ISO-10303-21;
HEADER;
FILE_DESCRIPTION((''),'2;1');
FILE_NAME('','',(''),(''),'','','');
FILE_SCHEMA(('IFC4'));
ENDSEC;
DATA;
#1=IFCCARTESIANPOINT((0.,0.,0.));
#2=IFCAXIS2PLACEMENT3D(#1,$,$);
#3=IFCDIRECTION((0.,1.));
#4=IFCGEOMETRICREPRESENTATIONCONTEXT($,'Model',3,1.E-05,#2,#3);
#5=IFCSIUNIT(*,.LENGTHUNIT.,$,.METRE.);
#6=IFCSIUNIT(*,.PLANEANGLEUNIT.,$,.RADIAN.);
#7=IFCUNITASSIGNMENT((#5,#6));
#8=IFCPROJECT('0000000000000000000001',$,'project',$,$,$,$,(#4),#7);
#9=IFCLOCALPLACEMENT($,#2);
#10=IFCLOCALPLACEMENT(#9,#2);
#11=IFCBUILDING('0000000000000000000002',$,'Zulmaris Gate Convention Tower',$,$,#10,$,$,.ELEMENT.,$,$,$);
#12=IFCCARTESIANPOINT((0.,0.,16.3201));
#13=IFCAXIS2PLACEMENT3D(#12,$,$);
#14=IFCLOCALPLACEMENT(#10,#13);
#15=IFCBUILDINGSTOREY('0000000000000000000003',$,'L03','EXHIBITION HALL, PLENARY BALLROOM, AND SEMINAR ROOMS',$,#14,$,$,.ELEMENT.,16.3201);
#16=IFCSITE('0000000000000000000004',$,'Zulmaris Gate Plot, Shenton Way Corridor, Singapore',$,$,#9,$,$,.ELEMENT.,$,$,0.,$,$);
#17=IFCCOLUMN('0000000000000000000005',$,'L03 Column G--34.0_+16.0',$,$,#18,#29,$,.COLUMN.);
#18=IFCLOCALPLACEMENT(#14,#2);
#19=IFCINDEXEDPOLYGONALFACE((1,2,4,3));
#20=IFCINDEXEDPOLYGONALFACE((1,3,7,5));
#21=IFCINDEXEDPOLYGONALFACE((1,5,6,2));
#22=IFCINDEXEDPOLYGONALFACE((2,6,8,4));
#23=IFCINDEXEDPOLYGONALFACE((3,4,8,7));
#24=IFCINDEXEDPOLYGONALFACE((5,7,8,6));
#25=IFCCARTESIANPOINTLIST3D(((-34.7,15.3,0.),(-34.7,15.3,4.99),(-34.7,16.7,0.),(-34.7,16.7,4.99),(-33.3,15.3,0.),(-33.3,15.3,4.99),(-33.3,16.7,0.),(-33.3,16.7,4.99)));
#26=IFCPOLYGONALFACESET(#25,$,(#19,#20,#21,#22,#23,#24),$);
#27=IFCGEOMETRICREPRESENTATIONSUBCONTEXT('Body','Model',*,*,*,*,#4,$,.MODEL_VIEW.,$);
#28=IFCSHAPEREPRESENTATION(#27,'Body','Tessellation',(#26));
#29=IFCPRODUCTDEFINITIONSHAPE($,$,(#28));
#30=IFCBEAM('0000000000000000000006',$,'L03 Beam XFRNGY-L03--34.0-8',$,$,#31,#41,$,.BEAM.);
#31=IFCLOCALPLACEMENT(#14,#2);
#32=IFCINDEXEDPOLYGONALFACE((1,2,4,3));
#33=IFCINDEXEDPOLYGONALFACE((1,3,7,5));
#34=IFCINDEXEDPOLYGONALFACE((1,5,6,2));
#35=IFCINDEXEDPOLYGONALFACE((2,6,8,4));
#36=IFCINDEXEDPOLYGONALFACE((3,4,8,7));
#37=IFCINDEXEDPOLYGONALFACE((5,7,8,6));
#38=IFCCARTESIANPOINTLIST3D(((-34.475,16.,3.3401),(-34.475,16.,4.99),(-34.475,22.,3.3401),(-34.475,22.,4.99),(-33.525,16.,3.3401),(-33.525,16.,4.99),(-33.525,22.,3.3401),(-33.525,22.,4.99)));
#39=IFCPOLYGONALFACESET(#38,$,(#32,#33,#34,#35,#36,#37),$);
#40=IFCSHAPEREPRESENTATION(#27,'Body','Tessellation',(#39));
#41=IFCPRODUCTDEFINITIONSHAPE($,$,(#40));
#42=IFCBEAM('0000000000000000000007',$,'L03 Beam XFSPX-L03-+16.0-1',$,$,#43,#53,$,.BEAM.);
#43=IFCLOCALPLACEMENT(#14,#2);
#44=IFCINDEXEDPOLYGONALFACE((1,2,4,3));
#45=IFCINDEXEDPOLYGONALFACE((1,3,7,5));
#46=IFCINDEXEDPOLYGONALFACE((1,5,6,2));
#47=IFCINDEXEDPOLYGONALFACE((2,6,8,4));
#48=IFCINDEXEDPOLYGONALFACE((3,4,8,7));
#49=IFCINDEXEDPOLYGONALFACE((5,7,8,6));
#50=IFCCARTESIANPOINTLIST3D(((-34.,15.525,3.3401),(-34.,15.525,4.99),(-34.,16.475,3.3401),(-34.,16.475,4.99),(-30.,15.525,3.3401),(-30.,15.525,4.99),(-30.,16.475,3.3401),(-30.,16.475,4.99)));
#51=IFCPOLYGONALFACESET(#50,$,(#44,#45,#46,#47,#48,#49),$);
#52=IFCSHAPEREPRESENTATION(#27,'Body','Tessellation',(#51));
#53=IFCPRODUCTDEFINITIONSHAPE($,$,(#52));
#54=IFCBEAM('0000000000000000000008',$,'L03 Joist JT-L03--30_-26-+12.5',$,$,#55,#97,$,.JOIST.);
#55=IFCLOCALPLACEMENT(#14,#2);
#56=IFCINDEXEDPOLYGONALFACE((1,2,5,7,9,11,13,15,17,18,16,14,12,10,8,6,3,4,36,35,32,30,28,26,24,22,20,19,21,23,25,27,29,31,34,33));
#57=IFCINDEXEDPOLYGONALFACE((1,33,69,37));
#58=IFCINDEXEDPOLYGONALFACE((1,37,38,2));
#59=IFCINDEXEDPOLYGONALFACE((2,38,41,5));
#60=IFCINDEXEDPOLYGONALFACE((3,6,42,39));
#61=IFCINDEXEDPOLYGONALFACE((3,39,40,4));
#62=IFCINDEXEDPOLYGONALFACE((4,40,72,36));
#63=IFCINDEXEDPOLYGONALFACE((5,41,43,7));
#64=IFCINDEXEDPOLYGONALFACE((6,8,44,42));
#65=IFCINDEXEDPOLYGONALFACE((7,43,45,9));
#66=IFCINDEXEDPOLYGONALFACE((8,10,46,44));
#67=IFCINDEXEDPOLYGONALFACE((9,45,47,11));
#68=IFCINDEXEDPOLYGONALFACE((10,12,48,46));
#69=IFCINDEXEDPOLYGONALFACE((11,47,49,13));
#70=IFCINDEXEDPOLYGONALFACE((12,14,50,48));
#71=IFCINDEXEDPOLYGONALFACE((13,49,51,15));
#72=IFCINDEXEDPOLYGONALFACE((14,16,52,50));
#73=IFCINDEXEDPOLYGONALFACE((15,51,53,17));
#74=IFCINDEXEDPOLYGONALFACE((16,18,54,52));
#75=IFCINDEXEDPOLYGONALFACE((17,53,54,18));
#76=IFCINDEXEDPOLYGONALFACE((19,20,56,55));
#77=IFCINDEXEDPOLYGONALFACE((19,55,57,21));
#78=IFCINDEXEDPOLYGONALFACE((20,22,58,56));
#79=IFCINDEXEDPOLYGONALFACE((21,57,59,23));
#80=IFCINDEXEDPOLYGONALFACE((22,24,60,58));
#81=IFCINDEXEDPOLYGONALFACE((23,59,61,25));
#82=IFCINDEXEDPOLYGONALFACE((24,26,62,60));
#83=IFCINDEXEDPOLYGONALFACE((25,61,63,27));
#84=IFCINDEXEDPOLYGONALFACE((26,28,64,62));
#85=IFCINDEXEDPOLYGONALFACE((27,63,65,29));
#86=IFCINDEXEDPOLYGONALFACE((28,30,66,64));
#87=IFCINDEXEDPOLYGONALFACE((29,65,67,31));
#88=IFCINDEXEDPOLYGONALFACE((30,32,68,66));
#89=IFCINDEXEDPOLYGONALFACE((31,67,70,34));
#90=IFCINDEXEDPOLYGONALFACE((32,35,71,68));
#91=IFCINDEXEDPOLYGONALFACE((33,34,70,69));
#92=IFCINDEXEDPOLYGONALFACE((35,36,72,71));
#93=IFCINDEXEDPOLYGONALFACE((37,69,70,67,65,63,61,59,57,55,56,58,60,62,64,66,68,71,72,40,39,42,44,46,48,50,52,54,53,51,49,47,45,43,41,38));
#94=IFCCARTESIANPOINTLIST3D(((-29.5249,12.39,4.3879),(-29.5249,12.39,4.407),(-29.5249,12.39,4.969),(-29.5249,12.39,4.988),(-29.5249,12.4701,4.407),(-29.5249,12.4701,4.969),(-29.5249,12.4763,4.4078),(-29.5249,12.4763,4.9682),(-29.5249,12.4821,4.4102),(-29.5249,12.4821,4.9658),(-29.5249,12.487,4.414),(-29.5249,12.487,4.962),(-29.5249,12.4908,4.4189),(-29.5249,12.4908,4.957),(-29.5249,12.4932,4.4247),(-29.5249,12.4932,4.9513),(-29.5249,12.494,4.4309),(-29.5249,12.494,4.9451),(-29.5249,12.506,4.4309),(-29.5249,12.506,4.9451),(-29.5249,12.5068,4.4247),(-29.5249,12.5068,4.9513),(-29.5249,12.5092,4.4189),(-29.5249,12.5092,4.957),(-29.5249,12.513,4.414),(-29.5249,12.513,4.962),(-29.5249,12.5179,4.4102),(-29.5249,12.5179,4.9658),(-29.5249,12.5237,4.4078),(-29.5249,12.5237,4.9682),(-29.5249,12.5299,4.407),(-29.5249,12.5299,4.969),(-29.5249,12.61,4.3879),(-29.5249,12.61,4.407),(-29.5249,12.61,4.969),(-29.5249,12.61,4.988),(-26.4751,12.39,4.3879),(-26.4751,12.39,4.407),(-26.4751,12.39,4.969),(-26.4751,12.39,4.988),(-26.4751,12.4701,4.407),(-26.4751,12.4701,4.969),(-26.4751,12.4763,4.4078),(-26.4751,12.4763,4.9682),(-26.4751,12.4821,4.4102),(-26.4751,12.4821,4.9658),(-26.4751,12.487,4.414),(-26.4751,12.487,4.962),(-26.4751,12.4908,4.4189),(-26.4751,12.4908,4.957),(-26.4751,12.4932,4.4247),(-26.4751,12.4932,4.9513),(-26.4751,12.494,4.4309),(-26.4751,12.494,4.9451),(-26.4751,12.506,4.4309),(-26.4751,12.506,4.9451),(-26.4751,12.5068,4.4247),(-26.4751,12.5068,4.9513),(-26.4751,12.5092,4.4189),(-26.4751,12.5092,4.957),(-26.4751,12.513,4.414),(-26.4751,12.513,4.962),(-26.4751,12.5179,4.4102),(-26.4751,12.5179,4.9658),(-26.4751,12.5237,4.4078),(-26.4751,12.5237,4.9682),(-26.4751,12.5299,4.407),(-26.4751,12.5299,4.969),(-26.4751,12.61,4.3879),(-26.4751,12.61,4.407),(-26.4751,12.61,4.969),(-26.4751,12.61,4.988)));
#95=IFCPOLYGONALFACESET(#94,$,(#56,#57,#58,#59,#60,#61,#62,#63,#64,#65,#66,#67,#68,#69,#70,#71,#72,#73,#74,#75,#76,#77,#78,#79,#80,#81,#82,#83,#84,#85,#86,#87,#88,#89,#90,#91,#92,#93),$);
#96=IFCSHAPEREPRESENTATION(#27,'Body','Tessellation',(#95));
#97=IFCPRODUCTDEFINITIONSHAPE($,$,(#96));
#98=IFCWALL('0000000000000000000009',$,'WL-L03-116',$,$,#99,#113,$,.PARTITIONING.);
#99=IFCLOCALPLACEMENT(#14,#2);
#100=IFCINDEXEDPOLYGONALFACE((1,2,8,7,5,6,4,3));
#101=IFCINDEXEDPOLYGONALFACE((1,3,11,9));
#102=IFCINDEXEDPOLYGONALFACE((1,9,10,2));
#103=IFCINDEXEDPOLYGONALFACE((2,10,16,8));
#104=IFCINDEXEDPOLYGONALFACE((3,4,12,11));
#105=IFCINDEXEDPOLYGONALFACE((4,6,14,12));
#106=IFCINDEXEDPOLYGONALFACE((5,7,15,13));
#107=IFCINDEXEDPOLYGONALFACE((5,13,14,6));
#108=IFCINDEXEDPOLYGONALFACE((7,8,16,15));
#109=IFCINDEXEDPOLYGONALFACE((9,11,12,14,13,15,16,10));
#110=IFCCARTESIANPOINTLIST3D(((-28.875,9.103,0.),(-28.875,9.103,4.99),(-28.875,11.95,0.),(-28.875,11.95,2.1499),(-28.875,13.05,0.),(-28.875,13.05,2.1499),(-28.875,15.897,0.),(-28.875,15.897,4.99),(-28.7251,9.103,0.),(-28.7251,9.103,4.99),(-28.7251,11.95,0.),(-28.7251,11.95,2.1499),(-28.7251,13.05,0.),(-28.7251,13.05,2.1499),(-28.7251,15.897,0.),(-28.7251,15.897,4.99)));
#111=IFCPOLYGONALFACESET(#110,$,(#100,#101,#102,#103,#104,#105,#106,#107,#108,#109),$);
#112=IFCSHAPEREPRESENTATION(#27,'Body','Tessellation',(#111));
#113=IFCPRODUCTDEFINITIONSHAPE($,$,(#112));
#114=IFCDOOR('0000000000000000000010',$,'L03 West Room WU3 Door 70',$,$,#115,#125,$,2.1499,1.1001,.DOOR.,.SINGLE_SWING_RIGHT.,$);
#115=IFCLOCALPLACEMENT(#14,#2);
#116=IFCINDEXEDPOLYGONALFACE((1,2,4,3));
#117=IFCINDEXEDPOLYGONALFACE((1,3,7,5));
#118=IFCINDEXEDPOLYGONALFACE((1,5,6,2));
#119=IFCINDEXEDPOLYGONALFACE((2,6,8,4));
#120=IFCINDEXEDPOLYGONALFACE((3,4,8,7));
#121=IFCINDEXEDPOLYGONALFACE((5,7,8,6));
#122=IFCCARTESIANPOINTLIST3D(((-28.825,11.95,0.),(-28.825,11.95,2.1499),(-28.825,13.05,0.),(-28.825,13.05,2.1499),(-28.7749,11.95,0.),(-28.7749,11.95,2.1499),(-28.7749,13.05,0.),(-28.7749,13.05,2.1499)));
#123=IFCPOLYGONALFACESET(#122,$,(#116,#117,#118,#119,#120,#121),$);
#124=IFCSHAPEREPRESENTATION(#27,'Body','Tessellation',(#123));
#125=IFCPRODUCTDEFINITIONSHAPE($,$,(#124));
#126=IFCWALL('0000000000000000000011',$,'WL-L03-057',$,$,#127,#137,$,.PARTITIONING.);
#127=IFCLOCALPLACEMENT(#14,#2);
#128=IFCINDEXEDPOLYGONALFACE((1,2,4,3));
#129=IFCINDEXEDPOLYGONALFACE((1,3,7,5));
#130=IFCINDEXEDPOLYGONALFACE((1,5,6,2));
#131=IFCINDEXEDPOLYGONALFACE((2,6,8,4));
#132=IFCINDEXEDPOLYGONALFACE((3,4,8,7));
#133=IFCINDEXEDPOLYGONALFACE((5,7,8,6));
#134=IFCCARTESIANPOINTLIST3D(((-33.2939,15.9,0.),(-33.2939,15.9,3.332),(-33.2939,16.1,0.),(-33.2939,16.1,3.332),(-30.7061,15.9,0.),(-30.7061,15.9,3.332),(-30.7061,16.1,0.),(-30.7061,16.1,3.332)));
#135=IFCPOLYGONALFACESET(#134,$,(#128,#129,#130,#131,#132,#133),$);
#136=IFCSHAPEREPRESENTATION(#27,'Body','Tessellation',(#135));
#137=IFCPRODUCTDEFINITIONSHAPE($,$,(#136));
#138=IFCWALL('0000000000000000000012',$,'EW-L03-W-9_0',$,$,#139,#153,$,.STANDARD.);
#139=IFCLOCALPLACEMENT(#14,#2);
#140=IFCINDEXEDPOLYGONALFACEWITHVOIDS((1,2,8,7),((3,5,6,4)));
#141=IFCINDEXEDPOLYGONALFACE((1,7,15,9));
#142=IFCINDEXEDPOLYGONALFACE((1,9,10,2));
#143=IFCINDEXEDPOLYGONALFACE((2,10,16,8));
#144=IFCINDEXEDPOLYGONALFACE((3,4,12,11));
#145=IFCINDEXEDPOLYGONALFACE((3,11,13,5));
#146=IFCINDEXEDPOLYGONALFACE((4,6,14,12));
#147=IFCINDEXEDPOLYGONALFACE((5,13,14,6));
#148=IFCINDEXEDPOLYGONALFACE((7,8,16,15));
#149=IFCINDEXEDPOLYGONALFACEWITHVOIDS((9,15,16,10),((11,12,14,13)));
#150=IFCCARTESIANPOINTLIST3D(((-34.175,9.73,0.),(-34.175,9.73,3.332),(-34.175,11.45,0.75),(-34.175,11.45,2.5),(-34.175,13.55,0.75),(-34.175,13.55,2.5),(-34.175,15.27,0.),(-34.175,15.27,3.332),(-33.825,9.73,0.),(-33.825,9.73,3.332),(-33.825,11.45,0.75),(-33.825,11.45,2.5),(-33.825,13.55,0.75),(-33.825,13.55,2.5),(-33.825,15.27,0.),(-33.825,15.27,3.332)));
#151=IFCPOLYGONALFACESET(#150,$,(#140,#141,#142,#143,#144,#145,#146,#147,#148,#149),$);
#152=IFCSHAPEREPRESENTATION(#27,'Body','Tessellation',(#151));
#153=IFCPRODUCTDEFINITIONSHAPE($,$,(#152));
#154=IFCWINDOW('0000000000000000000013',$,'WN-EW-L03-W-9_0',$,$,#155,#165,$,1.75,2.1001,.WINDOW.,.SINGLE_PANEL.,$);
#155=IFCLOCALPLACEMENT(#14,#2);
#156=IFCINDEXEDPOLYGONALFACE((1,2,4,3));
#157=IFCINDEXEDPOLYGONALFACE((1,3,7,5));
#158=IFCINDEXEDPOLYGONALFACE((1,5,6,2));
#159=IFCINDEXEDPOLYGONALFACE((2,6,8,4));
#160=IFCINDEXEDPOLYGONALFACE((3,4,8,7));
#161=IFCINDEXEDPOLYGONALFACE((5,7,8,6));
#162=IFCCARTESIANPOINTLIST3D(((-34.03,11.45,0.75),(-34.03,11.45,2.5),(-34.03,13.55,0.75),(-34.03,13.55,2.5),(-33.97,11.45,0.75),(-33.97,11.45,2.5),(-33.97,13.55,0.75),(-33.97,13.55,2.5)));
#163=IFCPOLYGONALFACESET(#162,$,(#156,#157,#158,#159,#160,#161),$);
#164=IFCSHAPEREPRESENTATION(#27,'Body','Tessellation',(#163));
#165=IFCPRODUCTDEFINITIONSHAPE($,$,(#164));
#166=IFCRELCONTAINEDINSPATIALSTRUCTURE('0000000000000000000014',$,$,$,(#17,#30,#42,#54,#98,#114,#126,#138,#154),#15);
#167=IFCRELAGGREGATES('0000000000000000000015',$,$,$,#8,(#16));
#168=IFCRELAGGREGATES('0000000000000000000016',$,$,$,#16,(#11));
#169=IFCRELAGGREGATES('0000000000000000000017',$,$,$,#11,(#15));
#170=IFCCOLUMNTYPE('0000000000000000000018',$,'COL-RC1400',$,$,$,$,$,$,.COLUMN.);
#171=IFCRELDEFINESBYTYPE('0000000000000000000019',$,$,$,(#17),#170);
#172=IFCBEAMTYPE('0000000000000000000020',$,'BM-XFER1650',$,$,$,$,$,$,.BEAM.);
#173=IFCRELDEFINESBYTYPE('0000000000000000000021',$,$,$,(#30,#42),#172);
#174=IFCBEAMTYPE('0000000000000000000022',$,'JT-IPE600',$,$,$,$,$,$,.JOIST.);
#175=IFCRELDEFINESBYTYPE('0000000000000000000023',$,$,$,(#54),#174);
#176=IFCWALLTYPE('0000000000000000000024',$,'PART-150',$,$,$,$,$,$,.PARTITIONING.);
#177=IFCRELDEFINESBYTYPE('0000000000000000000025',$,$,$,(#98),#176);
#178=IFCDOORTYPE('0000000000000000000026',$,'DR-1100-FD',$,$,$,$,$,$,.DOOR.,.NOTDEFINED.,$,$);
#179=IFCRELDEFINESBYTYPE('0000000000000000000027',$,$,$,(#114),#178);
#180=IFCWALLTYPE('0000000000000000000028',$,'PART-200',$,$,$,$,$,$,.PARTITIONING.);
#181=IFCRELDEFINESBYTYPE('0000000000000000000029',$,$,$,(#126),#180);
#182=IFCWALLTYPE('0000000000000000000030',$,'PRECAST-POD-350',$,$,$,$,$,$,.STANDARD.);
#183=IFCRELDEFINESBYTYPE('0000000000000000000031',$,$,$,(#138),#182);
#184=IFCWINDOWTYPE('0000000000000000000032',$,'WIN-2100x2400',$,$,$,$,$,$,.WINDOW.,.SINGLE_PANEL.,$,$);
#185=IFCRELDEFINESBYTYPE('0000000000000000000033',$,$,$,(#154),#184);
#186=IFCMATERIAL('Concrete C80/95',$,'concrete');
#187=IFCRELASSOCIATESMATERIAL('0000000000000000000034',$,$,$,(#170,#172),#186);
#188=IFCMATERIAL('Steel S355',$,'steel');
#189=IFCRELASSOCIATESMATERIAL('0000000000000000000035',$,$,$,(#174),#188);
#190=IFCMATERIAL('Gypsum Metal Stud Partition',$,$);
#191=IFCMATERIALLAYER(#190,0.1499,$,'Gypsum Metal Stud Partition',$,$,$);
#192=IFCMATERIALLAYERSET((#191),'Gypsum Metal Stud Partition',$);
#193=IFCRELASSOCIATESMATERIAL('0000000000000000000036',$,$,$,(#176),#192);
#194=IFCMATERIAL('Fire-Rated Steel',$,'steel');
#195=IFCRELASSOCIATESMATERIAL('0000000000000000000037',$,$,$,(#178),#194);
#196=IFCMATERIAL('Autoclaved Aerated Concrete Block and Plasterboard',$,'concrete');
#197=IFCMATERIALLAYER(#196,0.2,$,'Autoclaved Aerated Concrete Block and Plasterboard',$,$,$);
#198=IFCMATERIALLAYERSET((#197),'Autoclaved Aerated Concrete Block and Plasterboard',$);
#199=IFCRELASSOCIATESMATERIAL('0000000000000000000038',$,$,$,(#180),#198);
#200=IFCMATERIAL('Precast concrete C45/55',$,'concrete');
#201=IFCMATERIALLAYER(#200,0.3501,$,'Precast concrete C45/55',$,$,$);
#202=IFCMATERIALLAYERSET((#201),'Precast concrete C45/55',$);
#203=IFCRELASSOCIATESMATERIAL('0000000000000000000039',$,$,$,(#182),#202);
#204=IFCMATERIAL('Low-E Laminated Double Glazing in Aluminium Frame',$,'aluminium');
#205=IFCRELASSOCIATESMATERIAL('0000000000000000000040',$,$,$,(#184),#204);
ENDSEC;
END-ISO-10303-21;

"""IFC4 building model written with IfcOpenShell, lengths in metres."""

from ifc_helpers import new_model, si_unit, direction, frame, frame_2d, origin, origin_2d, place, context, subcontext, project, spatial, rectangle, i_section, extrude, material, layer, layer_set, material_profile, profile_set, type_object, element, fill, save


model = new_model("IFC4")

# Units and contexts
model_context = context("Model", 3, precision=1e-05, world=origin(), true_north=direction((0.0, 1.0)))
body_context = subcontext(model_context, "Body", "Model", "MODEL_VIEW")
ifc_project = project(units=[si_unit("LENGTHUNIT", "METRE"), si_unit("PLANEANGLEUNIT", "RADIAN")], contexts=[model_context])

# Site, building, storey
site_placement = place(None, origin())
site = spatial("IfcSite", under=ifc_project, at=site_placement, Name="Zulmaris Gate Plot, Shenton Way Corridor, Singapore", CompositionType="ELEMENT", RefElevation=0.0)
building_placement = place(site_placement, origin())
building = spatial("IfcBuilding", under=site, at=building_placement, Name="Zulmaris Gate Convention Tower", CompositionType="ELEMENT")
storey_placement = place(building_placement, frame((0.0, 0.0, 16.3201)))
storey = spatial("IfcBuildingStorey", under=building, at=storey_placement, Name="L03", Description="EXHIBITION HALL, PLENARY BALLROOM, AND SEMINAR ROOMS", CompositionType="ELEMENT", Elevation=16.3201)

# Column
ifc_material_1 = material(Name="Concrete C80/95", Category="concrete")
ifc_material_profile_1 = material_profile(ifc_material_1, rectangle(XDim=1.3999, YDim=1.3999, at=origin_2d()), Name="RC COL 1400x1400")
ifc_profile_set_1 = profile_set([ifc_material_profile_1], Name="Concrete C80/95")
column_type = type_object("IfcColumnType", Name="COL-RC1400", PredefinedType="COLUMN", material=ifc_profile_set_1)
column_placement = place(storey_placement, frame((-34.0, 16.0, 0.0), z_axis=(0.0, 0.0, 1.0), x_axis=(1.0, 0.0, 0.0)))
element("IfcColumn", 1, at=column_placement, inside=storey, type_object=column_type, Name="L03 Column G--34.0_+16.0", PredefinedType="COLUMN", context=body_context, shape_type="SweptSolid", body=[
    extrude(rectangle(XDim=1.3999, YDim=1.3999, at=origin_2d()), origin(), (0.0, 0.0, 1.0), 4.99),
])

# Beams
ifc_material_profile_2 = material_profile(ifc_material_1, rectangle(XDim=0.95, YDim=1.6499, at=origin_2d()), Name="RC TRANSFER 950x1650")
ifc_profile_set_2 = profile_set([ifc_material_profile_2], Name="Concrete C80/95")
beam_type_1 = type_object("IfcBeamType", Name="BM-XFER1650", PredefinedType="BEAM", material=ifc_profile_set_2)
beam_1_placement = place(storey_placement, frame((-34.0, 16.0, 4.165), z_axis=(0.0, 1.0, 0.0), x_axis=(-1.0, 0.0, 0.0)))
element("IfcBeam", 2, at=beam_1_placement, inside=storey, type_object=beam_type_1, Name="L03 Beam XFRNGY-L03--34.0-8", PredefinedType="BEAM", context=body_context, shape_type="SweptSolid", body=[
    extrude(rectangle(XDim=0.95, YDim=1.6499, at=origin_2d()), origin(), (0.0, 0.0, 1.0), 6.0),
])
beam_2_placement = place(storey_placement, frame((-34.0, 16.0, 4.165), z_axis=(1.0, 0.0, 0.0), x_axis=(0.0, 1.0, 0.0)))
element("IfcBeam", 3, at=beam_2_placement, inside=storey, type_object=beam_type_1, Name="L03 Beam XFSPX-L03-+16.0-1", PredefinedType="BEAM", context=body_context, shape_type="SweptSolid", body=[
    extrude(rectangle(XDim=0.95, YDim=1.6499, at=origin_2d()), origin(), (0.0, 0.0, 1.0), 4.0),
])
ifc_material_2 = material(Name="Steel S355", Category="steel")
ifc_material_profile_3 = material_profile(ifc_material_2, i_section(OverallWidth=0.22, OverallDepth=0.6001, WebThickness=0.012, FlangeThickness=0.019, FilletRadius=0.0239, at=origin_2d()), Name="IPE 600")
ifc_profile_set_3 = profile_set([ifc_material_profile_3], Name="Steel S355")
beam_type_2 = type_object("IfcBeamType", Name="JT-IPE600", PredefinedType="JOIST", material=ifc_profile_set_3)
beam_3_placement = place(storey_placement, frame((-29.5249, 12.5, 4.688), z_axis=(1.0, 0.0, 0.0), x_axis=(0.0, 1.0, 0.0)))
element("IfcBeam", 4, at=beam_3_placement, inside=storey, type_object=beam_type_2, Name="L03 Joist JT-L03--30_-26-+12.5", PredefinedType="JOIST", context=body_context, shape_type="SweptSolid", body=[
    extrude(i_section(OverallWidth=0.22, OverallDepth=0.6001, WebThickness=0.012, FlangeThickness=0.019, FilletRadius=0.0239, at=origin_2d()), origin(), (0.0, 0.0, 1.0), 3.0498),
])

# Wall, opening, door
ifc_material_3 = material(Name="Gypsum Metal Stud Partition")
ifc_layer_1 = layer(ifc_material_3, 0.1499, Name="Gypsum Metal Stud Partition")
ifc_layer_set_1 = layer_set([ifc_layer_1], Name="Gypsum Metal Stud Partition")
wall_type_1 = type_object("IfcWallType", Name="PART-150", PredefinedType="PARTITIONING", material=ifc_layer_set_1)
wall_1_placement = place(storey_placement, frame((-28.8, 9.103, 0.0), z_axis=(0.0, 0.0, 1.0), x_axis=(0.0, 1.0, 0.0)))
wall_1 = element("IfcWall", 5, at=wall_1_placement, inside=storey, type_object=wall_type_1, Name="WL-L03-116", PredefinedType="PARTITIONING", context=body_context, shape_type="SweptSolid", body=[
    extrude(rectangle(XDim=6.7939, YDim=0.1499, at=frame_2d((3.397, 0.0))), origin(), (0.0, 0.0, 1.0), 4.99),
])
opening_1_placement = place(wall_1_placement, frame((2.8469, 0.0, 0.0)))
opening_1 = element("IfcOpeningElement", 6, at=opening_1_placement, cuts=wall_1, PredefinedType="OPENING", context=body_context, shape_type="SweptSolid", body=[
    extrude(rectangle(XDim=1.1001, YDim=2.1499, at=frame_2d((0.55, 1.075))), frame((0.0, 0.085, 0.0), z_axis=(0.0, -1.0, 0.0), x_axis=(1.0, 0.0, 0.0)), (0.0, 0.0, 1.0), 0.1699),
])
ifc_material_4 = material(Name="Fire-Rated Steel", Category="steel")
door_type = type_object("IfcDoorType", Name="DR-1100-FD", OperationType="NOTDEFINED", PredefinedType="DOOR", material=ifc_material_4)
door_placement = place(opening_1_placement, origin())
door = element("IfcDoor", 7, at=door_placement, inside=storey, type_object=door_type, Name="L03 West Room WU3 Door 70", OperationType="SINGLE_SWING_RIGHT", OverallHeight=2.1499, OverallWidth=1.1001, PredefinedType="DOOR", context=body_context, shape_type="SweptSolid", body=[
    extrude(rectangle(XDim=1.1001, YDim=2.1499, at=frame_2d((0.55, 1.075))), frame((0.0, 0.0249, 0.0), z_axis=(0.0, -1.0, 0.0), x_axis=(1.0, 0.0, 0.0)), (0.0, 0.0, 1.0), 0.05),
])
fill(opening_1, door)

# Wall
ifc_material_5 = material(Name="Autoclaved Aerated Concrete Block and Plasterboard", Category="concrete")
ifc_layer_2 = layer(ifc_material_5, 0.2, Name="Autoclaved Aerated Concrete Block and Plasterboard")
ifc_layer_set_2 = layer_set([ifc_layer_2], Name="Autoclaved Aerated Concrete Block and Plasterboard")
wall_type_2 = type_object("IfcWallType", Name="PART-200", PredefinedType="PARTITIONING", material=ifc_layer_set_2)
wall_2_placement = place(storey_placement, frame((-33.2939, 16.0, 0.0), z_axis=(0.0, 0.0, 1.0), x_axis=(1.0, 0.0, 0.0)))
element("IfcWall", 8, at=wall_2_placement, inside=storey, type_object=wall_type_2, Name="WL-L03-057", PredefinedType="PARTITIONING", context=body_context, shape_type="SweptSolid", body=[
    extrude(rectangle(XDim=2.5879, YDim=0.2, at=frame_2d((1.2939, 0.0))), origin(), (0.0, 0.0, 1.0), 3.332),
])

# Wall, opening, window
ifc_material_6 = material(Name="Precast concrete C45/55", Category="concrete")
ifc_layer_3 = layer(ifc_material_6, 0.3501, Name="Precast concrete C45/55")
ifc_layer_set_3 = layer_set([ifc_layer_3], Name="Precast concrete C45/55")
wall_type_3 = type_object("IfcWallType", Name="PRECAST-POD-350", PredefinedType="STANDARD", material=ifc_layer_set_3)
wall_3_placement = place(storey_placement, frame((-34.0, 9.73, 0.0), z_axis=(0.0, 0.0, 1.0), x_axis=(0.0, 1.0, 0.0)))
wall_3 = element("IfcWall", 9, at=wall_3_placement, inside=storey, type_object=wall_type_3, Name="EW-L03-W-9_0", PredefinedType="STANDARD", context=body_context, shape_type="SweptSolid", body=[
    extrude(rectangle(XDim=5.54, YDim=0.3501, at=frame_2d((2.77, 0.0))), origin(), (0.0, 0.0, 1.0), 3.332),
])
opening_2_placement = place(wall_3_placement, frame((1.72, 0.0, 0.75)))
opening_2 = element("IfcOpeningElement", 10, at=opening_2_placement, cuts=wall_3, PredefinedType="OPENING", context=body_context, shape_type="SweptSolid", body=[
    extrude(rectangle(XDim=2.1001, YDim=1.75, at=frame_2d((1.05, 0.875))), frame((0.0, 0.1851, 0.0), z_axis=(0.0, -1.0, 0.0), x_axis=(1.0, 0.0, 0.0)), (0.0, 0.0, 1.0), 0.3701),
])
ifc_material_7 = material(Name="Low-E Laminated Double Glazing in Aluminium Frame", Category="aluminium")
window_type = type_object("IfcWindowType", Name="WIN-2100x2400", PartitioningType="SINGLE_PANEL", PredefinedType="WINDOW", material=ifc_material_7)
window_placement = place(opening_2_placement, origin())
window = element("IfcWindow", 11, at=window_placement, inside=storey, type_object=window_type, Name="WN-EW-L03-W-9_0", OverallHeight=1.75, OverallWidth=2.1001, PartitioningType="SINGLE_PANEL", PredefinedType="WINDOW", context=body_context, shape_type="SweptSolid", body=[
    extrude(rectangle(XDim=2.1001, YDim=1.75, at=frame_2d((1.05, 0.875))), frame((0.0, 0.03, 0.0), z_axis=(0.0, -1.0, 0.0), x_axis=(1.0, 0.0, 0.0)), (0.0, 0.0, 1.0), 0.0601),
])
fill(opening_2, window)

save(model, "model.ifc")
